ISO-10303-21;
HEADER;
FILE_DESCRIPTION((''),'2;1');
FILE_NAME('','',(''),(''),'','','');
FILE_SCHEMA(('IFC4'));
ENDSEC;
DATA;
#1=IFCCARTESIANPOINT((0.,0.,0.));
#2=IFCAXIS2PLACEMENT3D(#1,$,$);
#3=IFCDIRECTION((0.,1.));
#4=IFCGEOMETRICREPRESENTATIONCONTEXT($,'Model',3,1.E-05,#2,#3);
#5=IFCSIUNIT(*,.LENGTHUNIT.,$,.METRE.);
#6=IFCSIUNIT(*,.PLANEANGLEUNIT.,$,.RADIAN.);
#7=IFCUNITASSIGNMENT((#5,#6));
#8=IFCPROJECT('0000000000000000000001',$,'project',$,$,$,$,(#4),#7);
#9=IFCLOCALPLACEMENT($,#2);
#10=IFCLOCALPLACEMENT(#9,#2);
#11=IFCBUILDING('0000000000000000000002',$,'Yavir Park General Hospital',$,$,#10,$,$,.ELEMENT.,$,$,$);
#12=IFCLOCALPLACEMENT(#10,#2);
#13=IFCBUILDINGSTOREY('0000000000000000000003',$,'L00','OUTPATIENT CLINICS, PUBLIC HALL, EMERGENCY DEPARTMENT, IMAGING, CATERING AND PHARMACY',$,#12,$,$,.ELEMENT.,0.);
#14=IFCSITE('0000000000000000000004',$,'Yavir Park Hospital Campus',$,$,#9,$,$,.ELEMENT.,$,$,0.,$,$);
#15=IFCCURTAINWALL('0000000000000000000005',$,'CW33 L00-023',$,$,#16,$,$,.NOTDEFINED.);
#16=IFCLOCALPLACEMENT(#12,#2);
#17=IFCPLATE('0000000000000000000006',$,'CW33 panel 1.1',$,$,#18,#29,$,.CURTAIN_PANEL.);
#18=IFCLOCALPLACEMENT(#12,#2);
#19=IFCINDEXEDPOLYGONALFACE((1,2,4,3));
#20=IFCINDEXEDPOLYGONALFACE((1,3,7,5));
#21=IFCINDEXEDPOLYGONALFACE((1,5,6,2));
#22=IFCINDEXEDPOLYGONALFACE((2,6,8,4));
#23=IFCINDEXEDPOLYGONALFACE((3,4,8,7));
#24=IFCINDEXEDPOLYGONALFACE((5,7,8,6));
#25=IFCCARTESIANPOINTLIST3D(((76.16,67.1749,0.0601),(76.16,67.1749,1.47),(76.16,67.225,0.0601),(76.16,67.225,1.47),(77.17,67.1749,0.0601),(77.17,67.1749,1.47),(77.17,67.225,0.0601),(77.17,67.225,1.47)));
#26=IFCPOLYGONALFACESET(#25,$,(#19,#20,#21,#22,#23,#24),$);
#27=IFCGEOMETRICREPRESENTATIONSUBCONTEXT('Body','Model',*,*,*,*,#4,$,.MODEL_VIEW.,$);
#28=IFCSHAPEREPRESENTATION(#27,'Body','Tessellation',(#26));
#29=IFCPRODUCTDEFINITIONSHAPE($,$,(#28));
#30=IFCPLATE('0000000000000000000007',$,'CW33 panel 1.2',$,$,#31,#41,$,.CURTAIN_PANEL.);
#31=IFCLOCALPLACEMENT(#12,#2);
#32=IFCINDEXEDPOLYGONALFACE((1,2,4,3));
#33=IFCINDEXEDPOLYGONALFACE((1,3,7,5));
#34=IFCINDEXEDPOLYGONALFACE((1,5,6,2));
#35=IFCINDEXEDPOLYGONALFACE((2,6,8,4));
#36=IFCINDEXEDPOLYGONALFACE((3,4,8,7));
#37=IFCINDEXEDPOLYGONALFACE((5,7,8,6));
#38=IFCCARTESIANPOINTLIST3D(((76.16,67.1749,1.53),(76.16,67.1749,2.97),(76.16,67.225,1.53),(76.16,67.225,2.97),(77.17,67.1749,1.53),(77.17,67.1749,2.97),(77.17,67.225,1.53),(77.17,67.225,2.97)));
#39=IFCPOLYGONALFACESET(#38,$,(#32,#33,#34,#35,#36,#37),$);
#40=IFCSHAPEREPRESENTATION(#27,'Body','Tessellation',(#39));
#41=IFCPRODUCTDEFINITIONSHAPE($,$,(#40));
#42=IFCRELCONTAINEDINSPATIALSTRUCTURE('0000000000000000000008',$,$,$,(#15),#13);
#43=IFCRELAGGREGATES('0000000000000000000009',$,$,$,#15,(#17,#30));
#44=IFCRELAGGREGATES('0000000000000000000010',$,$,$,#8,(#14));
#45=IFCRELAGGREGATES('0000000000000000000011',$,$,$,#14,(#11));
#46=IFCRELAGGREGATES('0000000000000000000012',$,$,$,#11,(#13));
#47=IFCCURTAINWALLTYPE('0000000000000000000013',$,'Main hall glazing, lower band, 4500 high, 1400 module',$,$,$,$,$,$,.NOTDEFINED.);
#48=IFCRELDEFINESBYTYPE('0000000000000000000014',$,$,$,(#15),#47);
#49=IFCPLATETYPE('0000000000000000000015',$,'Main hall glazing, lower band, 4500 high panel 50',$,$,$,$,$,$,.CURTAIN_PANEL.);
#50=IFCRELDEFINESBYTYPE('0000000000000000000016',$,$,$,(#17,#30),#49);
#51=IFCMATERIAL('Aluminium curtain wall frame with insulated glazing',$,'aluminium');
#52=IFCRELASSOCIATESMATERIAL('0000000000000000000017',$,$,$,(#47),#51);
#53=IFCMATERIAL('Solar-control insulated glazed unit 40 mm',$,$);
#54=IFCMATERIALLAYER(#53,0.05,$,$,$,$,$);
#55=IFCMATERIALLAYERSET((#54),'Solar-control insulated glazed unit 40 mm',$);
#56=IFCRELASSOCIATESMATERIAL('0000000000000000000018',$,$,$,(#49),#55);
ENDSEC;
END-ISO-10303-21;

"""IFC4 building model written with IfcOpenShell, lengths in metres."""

from ifc_helpers import new_model, si_unit, direction, frame, origin, origin_2d, place, context, subcontext, project, spatial, rectangle, extrude, material, layer, layer_set, type_object, element, aggregate, save


model = new_model("IFC4")

# Units and contexts
model_context = context("Model", 3, precision=1e-05, world=origin(), true_north=direction((0.0, 1.0)))
body_context = subcontext(model_context, "Body", "Model", "MODEL_VIEW")
ifc_project = project(units=[si_unit("LENGTHUNIT", "METRE"), si_unit("PLANEANGLEUNIT", "RADIAN")], contexts=[model_context])

# Site, building, storey
site_placement = place(None, origin())
site = spatial("IfcSite", under=ifc_project, at=site_placement, Name="Yavir Park Hospital Campus", CompositionType="ELEMENT", RefElevation=0.0)
building_placement = place(site_placement, origin())
building = spatial("IfcBuilding", under=site, at=building_placement, Name="Yavir Park General Hospital", CompositionType="ELEMENT")
storey_placement = place(building_placement, origin())
storey = spatial("IfcBuildingStorey", under=building, at=storey_placement, Name="L00", Description="OUTPATIENT CLINICS, PUBLIC HALL, EMERGENCY DEPARTMENT, IMAGING, CATERING AND PHARMACY", CompositionType="ELEMENT", Elevation=0.0)

# Curtain wall
ifc_material_1 = material(Name="Aluminium curtain wall frame with insulated glazing", Category="aluminium")
curtain_wall_type_1 = type_object("IfcCurtainWallType", Name="Main hall glazing, lower band, 4500 high, 1400 module", PredefinedType="NOTDEFINED", material=ifc_material_1)
curtain_wall_1_placement = place(storey_placement, origin())
curtain_wall_1 = element("IfcCurtainWall", 1, at=curtain_wall_1_placement, inside=storey, type_object=curtain_wall_type_1, Name="CW33 L00-023", PredefinedType="NOTDEFINED")

# Plates
ifc_material_2 = material(Name="Solar-control insulated glazed unit 40 mm")
ifc_layer_1 = layer(ifc_material_2, 0.05)
ifc_layer_set_1 = layer_set([ifc_layer_1], Name="Solar-control insulated glazed unit 40 mm")
plate_type_1 = type_object("IfcPlateType", Name="Main hall glazing, lower band, 4500 high panel 50", PredefinedType="CURTAIN_PANEL", material=ifc_layer_set_1)
plate_1_placement = place(storey_placement, frame((76.665, 67.2, 0.0601), z_axis=(0.0, 0.0, 1.0), x_axis=(1.0, 0.0, 0.0)))
plate_1 = element("IfcPlate", 2, at=plate_1_placement, type_object=plate_type_1, Name="CW33 panel 1.1", PredefinedType="CURTAIN_PANEL", context=body_context, shape_type="SweptSolid", body=[
    extrude(rectangle(XDim=1.01, YDim=0.05, at=origin_2d()), origin(), (0.0, 0.0, 1.0), 1.4099),
])
plate_2_placement = place(storey_placement, frame((76.665, 67.2, 1.53), z_axis=(0.0, 0.0, 1.0), x_axis=(1.0, 0.0, 0.0)))
plate_2 = element("IfcPlate", 3, at=plate_2_placement, type_object=plate_type_1, Name="CW33 panel 1.2", PredefinedType="CURTAIN_PANEL", context=body_context, shape_type="SweptSolid", body=[
    extrude(rectangle(XDim=1.01, YDim=0.05, at=origin_2d()), origin(), (0.0, 0.0, 1.0), 1.4399),
])
aggregate(curtain_wall_1, [plate_1, plate_2])

save(model, "model.ifc")
